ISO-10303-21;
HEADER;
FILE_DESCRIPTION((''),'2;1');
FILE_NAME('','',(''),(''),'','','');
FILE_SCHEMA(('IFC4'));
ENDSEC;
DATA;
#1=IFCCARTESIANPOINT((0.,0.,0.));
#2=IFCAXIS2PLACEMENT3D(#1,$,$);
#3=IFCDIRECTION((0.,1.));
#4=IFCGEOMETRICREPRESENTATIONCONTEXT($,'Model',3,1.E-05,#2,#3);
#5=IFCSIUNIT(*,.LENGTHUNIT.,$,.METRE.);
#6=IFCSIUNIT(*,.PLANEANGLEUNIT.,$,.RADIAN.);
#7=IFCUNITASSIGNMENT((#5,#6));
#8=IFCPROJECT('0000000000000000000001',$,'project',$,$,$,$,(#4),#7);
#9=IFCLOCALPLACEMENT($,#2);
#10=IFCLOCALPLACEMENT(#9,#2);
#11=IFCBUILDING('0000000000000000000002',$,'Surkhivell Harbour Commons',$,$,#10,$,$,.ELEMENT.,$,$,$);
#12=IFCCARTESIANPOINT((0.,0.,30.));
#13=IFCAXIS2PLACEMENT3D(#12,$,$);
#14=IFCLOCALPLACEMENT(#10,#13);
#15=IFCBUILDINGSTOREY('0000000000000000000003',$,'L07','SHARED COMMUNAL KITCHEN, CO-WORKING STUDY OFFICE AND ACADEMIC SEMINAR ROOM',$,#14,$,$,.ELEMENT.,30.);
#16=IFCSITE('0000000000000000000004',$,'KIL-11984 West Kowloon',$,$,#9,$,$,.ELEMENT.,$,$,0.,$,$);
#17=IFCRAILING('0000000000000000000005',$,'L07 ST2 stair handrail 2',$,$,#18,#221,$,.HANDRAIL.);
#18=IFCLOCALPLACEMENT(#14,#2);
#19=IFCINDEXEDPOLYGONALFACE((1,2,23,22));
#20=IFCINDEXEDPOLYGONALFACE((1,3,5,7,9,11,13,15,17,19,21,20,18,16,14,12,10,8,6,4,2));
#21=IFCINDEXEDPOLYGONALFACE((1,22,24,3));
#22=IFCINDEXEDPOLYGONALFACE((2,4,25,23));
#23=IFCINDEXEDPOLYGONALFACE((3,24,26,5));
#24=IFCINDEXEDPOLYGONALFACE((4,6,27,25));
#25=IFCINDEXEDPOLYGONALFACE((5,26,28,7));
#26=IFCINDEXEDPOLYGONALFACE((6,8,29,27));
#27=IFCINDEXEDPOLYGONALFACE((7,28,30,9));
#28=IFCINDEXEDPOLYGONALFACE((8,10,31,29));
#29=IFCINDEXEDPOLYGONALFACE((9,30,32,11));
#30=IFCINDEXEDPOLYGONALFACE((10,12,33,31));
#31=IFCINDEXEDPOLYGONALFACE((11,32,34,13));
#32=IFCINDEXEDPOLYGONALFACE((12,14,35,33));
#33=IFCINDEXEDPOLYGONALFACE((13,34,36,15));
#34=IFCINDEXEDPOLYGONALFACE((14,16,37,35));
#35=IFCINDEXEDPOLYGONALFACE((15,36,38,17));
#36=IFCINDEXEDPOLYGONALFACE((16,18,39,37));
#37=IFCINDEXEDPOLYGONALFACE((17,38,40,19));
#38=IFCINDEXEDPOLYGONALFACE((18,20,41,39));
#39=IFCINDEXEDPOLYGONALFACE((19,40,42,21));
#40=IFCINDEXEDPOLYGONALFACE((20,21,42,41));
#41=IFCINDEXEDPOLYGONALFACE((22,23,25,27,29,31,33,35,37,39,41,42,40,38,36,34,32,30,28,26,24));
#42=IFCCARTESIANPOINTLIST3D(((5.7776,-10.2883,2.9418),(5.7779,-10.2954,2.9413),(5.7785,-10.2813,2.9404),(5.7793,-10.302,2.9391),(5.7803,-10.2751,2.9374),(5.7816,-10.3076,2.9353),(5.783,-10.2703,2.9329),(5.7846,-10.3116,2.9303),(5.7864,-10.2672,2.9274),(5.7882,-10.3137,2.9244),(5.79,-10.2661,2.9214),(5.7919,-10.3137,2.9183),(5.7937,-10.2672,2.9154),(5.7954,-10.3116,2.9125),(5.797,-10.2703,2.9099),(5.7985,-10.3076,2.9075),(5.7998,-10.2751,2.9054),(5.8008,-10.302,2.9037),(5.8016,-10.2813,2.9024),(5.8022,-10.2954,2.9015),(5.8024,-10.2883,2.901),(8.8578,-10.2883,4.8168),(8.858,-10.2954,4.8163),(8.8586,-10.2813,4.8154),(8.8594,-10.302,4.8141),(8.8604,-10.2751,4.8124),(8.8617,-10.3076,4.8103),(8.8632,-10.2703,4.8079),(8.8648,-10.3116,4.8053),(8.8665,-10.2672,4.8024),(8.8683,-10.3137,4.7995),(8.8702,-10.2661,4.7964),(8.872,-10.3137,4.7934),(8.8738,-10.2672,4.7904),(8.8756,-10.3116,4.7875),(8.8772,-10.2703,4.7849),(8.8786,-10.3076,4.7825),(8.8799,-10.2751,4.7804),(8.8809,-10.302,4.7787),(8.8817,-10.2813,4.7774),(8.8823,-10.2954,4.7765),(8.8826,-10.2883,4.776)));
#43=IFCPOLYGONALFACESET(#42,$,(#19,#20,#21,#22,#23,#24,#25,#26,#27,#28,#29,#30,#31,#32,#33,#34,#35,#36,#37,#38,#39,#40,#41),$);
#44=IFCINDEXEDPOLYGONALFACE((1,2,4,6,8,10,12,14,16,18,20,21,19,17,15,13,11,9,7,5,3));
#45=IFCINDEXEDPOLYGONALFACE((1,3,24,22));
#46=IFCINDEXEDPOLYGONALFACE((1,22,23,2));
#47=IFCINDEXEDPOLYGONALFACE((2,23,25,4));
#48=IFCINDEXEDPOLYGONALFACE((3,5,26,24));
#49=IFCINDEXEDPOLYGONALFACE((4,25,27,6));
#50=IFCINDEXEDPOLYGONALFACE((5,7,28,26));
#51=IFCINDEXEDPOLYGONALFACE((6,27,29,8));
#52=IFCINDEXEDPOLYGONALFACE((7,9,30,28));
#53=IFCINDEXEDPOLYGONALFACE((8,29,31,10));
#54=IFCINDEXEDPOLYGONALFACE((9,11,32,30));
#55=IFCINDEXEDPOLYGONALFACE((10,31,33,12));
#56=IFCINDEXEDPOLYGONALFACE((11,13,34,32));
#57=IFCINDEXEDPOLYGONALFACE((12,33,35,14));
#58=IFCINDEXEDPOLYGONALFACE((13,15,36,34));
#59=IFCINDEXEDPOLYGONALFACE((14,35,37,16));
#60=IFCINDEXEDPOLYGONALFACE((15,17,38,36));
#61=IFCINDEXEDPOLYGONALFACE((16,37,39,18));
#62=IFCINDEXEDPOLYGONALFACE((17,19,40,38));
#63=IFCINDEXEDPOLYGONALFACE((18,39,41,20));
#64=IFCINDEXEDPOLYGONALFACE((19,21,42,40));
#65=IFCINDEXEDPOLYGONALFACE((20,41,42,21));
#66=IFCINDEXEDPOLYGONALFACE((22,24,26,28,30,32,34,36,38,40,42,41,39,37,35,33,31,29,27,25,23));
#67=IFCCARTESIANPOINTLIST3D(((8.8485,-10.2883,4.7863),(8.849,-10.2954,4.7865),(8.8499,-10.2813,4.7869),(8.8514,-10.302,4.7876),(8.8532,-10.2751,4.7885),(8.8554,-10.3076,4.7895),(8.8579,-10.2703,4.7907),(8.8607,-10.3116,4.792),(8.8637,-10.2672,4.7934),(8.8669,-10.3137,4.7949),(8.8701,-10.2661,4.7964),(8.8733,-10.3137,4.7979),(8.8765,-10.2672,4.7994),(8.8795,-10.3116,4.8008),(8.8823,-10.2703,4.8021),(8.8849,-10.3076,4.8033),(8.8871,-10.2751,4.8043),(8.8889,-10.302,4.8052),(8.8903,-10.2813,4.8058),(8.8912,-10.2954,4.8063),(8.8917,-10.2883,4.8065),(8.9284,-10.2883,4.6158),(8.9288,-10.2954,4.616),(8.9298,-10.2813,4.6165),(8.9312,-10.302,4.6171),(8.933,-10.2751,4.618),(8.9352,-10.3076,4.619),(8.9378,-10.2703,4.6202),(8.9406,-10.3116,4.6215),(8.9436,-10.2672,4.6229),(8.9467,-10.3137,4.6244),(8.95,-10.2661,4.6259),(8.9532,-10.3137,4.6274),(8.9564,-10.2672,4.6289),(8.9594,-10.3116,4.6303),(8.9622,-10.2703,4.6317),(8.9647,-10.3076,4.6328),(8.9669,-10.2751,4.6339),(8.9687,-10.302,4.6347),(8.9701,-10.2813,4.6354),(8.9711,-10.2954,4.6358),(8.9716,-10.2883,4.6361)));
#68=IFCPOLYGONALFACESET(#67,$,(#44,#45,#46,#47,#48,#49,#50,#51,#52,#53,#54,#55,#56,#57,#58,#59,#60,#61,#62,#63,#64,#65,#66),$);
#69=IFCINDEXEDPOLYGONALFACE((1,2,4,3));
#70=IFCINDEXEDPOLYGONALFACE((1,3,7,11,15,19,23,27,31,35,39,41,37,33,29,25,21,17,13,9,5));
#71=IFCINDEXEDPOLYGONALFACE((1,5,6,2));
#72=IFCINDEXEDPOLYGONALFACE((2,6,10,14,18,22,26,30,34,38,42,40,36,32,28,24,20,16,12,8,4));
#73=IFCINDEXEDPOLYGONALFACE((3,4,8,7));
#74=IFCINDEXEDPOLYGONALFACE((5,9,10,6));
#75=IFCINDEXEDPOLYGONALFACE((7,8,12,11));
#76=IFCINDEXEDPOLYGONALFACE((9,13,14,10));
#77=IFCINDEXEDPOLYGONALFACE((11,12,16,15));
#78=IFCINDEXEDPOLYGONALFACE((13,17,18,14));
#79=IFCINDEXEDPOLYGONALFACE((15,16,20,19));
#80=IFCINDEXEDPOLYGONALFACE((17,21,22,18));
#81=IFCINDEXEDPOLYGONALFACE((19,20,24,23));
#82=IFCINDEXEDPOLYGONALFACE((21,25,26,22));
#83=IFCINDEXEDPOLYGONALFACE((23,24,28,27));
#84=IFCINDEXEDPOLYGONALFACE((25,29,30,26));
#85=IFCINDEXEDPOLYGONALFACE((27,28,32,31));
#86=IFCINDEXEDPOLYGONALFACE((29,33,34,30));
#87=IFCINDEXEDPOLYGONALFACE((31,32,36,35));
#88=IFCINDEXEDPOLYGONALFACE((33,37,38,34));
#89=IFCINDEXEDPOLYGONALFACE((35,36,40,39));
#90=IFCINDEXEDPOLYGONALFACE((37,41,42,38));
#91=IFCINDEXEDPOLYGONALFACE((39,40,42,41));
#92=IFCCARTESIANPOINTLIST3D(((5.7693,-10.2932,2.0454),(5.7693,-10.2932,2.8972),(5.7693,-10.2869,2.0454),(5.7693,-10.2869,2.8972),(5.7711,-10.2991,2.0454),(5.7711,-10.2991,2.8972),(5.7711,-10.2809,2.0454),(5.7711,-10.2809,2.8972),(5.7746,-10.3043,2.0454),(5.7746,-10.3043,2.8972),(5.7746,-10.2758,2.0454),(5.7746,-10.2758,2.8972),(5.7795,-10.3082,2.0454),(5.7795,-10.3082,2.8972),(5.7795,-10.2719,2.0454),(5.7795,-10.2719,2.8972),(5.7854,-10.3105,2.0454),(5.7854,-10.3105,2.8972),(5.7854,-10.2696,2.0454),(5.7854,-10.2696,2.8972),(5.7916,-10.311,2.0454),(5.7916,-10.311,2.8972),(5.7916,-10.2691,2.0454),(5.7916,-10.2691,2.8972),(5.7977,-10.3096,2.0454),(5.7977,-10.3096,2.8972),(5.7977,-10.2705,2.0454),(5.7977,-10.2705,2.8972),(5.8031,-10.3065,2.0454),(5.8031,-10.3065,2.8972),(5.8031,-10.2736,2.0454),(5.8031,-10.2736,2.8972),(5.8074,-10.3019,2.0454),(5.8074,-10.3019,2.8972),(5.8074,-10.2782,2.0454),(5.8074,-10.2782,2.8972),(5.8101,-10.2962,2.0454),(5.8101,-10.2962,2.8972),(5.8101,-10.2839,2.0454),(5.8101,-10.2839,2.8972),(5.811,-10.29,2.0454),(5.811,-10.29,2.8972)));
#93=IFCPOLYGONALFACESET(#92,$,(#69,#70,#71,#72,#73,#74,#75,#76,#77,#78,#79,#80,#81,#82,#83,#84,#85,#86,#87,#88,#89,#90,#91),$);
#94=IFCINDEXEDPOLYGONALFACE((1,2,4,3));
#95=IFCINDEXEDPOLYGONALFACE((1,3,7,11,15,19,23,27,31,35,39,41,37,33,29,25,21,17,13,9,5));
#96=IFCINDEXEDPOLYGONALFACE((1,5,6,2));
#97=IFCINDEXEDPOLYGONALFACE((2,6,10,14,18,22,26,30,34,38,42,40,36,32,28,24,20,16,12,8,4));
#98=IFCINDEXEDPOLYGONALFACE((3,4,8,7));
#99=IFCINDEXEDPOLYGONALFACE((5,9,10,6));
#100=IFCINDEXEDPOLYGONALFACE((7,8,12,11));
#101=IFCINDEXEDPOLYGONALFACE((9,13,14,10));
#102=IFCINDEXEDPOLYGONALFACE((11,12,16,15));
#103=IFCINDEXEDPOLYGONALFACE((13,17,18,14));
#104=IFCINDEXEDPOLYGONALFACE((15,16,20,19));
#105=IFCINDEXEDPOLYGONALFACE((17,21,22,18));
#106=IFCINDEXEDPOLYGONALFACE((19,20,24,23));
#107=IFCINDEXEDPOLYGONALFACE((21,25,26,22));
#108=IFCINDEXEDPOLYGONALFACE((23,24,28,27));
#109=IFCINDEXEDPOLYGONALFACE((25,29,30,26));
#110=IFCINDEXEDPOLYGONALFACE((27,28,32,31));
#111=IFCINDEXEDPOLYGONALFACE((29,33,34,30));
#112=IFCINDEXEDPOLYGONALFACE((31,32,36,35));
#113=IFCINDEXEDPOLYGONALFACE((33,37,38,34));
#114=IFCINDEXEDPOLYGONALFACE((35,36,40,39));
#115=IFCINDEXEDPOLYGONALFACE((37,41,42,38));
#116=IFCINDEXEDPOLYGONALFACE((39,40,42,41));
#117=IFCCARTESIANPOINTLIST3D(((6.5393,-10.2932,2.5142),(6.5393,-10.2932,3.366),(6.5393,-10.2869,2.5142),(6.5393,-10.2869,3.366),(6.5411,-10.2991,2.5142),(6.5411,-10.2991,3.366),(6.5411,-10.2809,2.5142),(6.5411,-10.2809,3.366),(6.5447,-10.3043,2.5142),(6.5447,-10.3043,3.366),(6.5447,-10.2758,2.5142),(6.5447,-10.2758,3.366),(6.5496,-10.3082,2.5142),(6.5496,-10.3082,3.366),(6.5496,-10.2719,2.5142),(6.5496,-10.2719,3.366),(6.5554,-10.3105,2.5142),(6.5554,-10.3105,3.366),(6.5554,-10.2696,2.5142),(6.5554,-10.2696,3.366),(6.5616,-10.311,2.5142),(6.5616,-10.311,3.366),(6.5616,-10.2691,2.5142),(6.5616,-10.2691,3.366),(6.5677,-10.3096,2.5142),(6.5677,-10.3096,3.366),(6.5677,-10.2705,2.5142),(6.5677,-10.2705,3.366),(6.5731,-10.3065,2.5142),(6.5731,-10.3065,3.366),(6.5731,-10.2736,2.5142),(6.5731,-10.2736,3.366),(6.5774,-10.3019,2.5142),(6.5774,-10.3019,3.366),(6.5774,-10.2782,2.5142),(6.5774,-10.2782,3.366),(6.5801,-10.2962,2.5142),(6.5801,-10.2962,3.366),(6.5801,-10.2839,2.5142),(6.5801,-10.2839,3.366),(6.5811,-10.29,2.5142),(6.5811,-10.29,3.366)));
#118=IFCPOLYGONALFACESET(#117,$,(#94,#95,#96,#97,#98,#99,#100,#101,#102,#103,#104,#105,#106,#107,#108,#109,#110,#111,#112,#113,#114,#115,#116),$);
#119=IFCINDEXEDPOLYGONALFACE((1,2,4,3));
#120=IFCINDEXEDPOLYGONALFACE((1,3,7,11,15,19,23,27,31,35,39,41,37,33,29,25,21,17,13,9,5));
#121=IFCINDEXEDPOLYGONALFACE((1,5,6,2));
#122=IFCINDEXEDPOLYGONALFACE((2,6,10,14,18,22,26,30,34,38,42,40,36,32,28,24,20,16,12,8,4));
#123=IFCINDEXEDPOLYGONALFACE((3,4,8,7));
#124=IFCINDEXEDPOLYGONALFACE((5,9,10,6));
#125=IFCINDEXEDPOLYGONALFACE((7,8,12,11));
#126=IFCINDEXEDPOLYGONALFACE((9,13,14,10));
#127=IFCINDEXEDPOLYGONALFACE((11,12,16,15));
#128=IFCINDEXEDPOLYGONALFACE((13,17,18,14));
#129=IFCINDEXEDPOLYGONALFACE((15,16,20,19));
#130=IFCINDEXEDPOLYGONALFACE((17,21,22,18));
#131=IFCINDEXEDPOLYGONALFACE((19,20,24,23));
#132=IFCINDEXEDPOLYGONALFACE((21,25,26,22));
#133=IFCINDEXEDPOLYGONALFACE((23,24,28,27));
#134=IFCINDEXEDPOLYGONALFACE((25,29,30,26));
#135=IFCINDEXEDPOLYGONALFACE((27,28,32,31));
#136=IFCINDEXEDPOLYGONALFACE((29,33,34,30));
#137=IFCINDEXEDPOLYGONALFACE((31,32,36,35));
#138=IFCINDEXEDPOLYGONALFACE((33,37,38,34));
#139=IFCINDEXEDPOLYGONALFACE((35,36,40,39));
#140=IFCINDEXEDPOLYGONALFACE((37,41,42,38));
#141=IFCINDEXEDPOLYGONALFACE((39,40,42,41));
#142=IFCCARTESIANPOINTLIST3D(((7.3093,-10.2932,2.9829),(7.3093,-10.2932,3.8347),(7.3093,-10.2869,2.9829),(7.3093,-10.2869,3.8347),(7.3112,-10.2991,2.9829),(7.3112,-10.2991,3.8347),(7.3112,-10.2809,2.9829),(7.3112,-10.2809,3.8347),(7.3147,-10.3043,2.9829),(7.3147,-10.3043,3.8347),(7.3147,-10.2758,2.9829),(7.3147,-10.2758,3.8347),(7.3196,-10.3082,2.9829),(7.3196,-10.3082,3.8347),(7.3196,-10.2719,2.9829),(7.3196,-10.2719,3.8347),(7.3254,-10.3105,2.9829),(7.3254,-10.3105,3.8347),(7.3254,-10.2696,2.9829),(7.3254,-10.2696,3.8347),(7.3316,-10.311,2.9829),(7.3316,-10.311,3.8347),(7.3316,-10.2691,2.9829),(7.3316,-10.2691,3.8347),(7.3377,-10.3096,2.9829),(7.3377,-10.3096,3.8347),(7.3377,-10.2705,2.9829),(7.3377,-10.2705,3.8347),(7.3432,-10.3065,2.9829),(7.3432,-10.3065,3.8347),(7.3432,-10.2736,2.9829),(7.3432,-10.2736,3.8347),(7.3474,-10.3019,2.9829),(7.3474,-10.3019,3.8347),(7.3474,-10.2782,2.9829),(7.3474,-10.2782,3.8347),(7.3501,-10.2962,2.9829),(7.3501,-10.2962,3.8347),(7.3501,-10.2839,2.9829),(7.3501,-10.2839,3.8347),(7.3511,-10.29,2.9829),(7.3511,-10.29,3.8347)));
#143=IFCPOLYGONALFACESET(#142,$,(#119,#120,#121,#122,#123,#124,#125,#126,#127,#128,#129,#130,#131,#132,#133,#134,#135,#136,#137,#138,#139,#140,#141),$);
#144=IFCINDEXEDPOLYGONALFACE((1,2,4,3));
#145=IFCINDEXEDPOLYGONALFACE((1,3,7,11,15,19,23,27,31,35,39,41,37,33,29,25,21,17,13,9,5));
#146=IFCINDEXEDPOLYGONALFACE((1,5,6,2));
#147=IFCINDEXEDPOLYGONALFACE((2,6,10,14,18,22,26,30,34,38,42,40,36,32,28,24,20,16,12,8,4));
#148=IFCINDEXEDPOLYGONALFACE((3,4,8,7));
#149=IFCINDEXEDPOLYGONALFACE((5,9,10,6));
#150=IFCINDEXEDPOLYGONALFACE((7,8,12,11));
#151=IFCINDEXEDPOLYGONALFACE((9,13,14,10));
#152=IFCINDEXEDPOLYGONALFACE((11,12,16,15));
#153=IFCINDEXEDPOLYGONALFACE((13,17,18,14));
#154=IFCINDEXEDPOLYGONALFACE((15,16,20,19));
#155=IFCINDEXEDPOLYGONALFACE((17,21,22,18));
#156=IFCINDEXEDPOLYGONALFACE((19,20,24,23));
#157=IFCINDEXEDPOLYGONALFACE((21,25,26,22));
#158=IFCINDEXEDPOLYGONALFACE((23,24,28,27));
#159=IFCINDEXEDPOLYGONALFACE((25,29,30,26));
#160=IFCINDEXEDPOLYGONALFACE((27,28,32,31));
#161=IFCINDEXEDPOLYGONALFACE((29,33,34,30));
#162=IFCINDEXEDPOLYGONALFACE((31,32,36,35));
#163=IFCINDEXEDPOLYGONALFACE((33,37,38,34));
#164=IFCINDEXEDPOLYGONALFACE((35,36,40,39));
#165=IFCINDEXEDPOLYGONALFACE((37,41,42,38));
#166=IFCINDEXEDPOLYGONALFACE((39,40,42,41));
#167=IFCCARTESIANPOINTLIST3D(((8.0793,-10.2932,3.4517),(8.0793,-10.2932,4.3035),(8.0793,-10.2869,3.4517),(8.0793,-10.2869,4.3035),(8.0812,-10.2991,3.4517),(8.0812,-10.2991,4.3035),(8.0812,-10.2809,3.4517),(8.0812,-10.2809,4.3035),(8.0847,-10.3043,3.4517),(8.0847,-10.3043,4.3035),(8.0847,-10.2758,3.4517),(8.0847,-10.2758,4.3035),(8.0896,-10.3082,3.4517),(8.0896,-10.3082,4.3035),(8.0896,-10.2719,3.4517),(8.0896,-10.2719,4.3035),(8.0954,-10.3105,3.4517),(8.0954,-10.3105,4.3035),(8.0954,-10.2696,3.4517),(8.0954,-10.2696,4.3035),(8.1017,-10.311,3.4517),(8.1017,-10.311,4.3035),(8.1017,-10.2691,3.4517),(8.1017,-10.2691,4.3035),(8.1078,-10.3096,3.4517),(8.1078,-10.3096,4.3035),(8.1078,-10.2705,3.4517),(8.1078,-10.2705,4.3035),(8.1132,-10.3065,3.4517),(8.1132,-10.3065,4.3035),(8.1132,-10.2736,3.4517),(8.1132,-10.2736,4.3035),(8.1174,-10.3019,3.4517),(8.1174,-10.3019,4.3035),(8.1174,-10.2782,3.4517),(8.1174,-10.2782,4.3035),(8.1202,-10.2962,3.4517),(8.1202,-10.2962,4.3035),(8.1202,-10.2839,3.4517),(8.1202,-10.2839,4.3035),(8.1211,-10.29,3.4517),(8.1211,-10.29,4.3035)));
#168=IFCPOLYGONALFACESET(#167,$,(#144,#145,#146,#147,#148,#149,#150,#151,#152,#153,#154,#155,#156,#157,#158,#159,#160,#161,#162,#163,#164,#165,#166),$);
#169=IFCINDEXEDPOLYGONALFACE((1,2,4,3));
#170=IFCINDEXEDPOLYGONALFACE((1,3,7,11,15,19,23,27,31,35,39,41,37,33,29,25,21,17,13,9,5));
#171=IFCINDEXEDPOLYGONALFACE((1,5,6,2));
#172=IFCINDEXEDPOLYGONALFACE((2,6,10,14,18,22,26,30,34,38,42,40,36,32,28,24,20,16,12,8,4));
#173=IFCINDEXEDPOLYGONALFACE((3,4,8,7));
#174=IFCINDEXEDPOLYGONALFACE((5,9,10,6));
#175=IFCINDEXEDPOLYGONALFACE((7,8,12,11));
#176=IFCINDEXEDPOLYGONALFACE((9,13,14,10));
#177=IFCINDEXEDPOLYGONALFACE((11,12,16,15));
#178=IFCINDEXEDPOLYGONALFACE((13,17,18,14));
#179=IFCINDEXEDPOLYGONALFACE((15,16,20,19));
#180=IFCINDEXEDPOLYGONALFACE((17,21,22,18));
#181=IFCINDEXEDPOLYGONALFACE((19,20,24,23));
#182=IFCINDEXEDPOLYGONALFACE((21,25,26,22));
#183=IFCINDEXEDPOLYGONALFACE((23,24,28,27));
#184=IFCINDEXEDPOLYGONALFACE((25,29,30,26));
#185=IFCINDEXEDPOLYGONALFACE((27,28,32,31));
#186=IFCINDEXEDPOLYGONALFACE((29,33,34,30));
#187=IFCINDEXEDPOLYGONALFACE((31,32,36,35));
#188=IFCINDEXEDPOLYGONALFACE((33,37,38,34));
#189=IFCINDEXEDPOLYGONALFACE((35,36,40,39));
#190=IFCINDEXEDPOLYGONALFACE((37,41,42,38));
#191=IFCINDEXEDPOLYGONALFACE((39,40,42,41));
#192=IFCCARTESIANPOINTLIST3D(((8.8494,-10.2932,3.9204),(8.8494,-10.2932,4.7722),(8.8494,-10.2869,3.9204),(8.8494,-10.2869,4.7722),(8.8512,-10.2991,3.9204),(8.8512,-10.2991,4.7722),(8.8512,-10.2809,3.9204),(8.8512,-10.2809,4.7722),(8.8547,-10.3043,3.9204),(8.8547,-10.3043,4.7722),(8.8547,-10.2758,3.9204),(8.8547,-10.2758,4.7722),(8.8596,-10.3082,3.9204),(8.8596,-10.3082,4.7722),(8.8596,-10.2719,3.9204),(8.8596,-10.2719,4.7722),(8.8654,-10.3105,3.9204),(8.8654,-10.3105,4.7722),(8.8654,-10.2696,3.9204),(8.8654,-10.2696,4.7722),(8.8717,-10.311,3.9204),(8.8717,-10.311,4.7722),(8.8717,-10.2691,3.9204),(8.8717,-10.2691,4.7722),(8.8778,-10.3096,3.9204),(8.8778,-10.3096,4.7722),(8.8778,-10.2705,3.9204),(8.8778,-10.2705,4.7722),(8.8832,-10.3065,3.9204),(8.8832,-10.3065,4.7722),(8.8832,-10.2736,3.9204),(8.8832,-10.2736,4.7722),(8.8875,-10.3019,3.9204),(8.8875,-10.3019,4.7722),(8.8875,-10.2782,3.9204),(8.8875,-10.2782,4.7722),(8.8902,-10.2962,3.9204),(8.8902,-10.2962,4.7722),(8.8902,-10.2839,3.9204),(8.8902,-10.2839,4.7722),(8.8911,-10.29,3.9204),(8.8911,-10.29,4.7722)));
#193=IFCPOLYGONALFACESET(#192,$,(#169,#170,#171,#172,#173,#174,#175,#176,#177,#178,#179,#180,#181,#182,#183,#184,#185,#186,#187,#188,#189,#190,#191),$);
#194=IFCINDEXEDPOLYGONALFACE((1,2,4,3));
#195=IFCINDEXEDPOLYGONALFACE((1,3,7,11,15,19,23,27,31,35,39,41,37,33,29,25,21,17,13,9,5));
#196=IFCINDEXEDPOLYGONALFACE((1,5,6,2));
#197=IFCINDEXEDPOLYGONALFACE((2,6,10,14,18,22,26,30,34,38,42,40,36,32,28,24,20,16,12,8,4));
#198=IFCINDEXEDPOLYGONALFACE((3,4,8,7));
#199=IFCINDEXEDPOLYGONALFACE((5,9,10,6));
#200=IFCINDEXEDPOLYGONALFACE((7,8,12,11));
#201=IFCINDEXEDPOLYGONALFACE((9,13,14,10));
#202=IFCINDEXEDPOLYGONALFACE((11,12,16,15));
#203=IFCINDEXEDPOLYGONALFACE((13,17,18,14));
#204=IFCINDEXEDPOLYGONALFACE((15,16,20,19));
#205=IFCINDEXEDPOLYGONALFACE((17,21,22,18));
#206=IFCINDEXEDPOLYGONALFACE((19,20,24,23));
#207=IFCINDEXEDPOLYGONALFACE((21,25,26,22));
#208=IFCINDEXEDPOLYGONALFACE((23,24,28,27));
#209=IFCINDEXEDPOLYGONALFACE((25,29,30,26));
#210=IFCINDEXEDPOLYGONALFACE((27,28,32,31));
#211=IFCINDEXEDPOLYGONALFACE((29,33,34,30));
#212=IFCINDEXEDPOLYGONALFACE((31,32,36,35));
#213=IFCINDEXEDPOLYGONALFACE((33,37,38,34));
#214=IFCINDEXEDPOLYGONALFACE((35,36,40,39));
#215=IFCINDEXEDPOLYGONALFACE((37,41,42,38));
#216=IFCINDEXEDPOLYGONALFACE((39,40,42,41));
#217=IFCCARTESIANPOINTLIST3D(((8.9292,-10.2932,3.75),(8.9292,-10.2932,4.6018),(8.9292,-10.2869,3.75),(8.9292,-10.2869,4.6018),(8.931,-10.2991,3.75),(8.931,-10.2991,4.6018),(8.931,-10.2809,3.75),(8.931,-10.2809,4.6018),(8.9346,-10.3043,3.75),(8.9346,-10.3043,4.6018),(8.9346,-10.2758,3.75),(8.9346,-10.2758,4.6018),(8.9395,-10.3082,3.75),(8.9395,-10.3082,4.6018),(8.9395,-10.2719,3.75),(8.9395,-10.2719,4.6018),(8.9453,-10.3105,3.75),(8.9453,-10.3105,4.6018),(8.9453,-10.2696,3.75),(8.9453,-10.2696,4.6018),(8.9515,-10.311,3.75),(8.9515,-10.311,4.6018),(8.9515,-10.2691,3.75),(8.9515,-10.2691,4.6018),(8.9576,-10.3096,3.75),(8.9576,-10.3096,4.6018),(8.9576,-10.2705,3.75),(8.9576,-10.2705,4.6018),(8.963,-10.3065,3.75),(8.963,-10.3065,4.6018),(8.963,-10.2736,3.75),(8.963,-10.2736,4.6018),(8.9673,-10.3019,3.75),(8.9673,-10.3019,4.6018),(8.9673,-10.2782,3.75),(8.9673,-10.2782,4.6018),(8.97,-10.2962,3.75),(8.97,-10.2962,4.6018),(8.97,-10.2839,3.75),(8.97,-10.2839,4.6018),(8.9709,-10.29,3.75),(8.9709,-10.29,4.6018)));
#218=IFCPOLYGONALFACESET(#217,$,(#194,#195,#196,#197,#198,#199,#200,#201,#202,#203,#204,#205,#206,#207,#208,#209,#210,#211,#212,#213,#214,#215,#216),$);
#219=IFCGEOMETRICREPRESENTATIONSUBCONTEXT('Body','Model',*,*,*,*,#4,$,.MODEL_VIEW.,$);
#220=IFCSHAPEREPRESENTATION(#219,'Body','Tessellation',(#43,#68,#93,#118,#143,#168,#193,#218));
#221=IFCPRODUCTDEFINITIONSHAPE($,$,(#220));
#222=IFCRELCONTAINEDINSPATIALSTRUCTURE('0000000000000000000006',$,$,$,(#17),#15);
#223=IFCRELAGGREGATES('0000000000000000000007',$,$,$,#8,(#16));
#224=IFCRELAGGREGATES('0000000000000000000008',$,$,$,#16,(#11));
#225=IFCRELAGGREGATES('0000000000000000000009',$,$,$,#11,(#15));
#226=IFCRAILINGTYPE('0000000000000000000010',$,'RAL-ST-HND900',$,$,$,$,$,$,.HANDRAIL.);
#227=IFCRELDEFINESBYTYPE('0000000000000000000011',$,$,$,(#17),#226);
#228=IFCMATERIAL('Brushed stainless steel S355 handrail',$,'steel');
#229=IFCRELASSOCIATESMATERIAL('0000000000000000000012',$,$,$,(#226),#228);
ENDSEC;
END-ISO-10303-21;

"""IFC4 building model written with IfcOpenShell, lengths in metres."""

from ifc_helpers import new_model, si_unit, direction, frame, origin, origin_2d, place, context, subcontext, project, spatial, circle, extrude, material, type_object, element, save


model = new_model("IFC4")

# Units and contexts
model_context = context("Model", 3, precision=1e-05, world=origin(), true_north=direction((0.0, 1.0)))
body_context = subcontext(model_context, "Body", "Model", "MODEL_VIEW")
ifc_project = project(units=[si_unit("LENGTHUNIT", "METRE"), si_unit("PLANEANGLEUNIT", "RADIAN")], contexts=[model_context])

# Site, building, storey
site_placement = place(None, origin())
site = spatial("IfcSite", under=ifc_project, at=site_placement, Name="KIL-11984 West Kowloon", CompositionType="ELEMENT", RefElevation=0.0)
building_placement = place(site_placement, origin())
building = spatial("IfcBuilding", under=site, at=building_placement, Name="Surkhivell Harbour Commons", CompositionType="ELEMENT")
storey_placement = place(building_placement, frame((0.0, 0.0, 30.0)))
storey = spatial("IfcBuildingStorey", under=building, at=storey_placement, Name="L07", Description="SHARED COMMUNAL KITCHEN, CO-WORKING STUDY OFFICE AND ACADEMIC SEMINAR ROOM", CompositionType="ELEMENT", Elevation=30.0)

# Railing
ifc_material_1 = material(Name="Brushed stainless steel S355 handrail", Category="steel")
railing_type_1 = type_object("IfcRailingType", Name="RAL-ST-HND900", PredefinedType="HANDRAIL", material=ifc_material_1)
railing_1_placement = place(storey_placement, frame((5.79, -10.29, 2.0454)))
element("IfcRailing", 1, at=railing_1_placement, inside=storey, type_object=railing_type_1, Name="L07 ST2 stair handrail 2", PredefinedType="HANDRAIL", context=body_context, shape_type="SweptSolid", body=[
    extrude(circle(Radius=0.0239, at=origin_2d()), frame((0.0, 0.0, 0.876), z_axis=(0.854178, 0.0, 0.519981), x_axis=(0.0, 1.0, 0.0)), (0.0, 0.0, 1.0), 3.606),
    extrude(circle(Radius=0.0239, at=origin_2d()), frame((3.0801, 0.0, 2.751), z_axis=(0.424234, 0.0, -0.905552), x_axis=(0.0, 1.0, 0.0)), (0.0, 0.0, 1.0), 0.1882),
    extrude(circle(Radius=0.021, at=origin_2d()), origin(), (0.0, 0.0, 1.0), 0.8518),
    extrude(circle(Radius=0.021, at=origin_2d()), frame((0.77, 0.0, 0.4688)), (0.0, 0.0, 1.0), 0.8518),
    extrude(circle(Radius=0.021, at=origin_2d()), frame((1.54, 0.0, 0.9375)), (0.0, 0.0, 1.0), 0.8518),
    extrude(circle(Radius=0.021, at=origin_2d()), frame((2.3101, 0.0, 1.4062)), (0.0, 0.0, 1.0), 0.8518),
    extrude(circle(Radius=0.021, at=origin_2d()), frame((3.0801, 0.0, 1.875)), (0.0, 0.0, 1.0), 0.8518),
    extrude(circle(Radius=0.021, at=origin_2d()), frame((3.1599, 0.0, 1.7046)), (0.0, 0.0, 1.0), 0.8518),
])

save(model, "model.ifc")
